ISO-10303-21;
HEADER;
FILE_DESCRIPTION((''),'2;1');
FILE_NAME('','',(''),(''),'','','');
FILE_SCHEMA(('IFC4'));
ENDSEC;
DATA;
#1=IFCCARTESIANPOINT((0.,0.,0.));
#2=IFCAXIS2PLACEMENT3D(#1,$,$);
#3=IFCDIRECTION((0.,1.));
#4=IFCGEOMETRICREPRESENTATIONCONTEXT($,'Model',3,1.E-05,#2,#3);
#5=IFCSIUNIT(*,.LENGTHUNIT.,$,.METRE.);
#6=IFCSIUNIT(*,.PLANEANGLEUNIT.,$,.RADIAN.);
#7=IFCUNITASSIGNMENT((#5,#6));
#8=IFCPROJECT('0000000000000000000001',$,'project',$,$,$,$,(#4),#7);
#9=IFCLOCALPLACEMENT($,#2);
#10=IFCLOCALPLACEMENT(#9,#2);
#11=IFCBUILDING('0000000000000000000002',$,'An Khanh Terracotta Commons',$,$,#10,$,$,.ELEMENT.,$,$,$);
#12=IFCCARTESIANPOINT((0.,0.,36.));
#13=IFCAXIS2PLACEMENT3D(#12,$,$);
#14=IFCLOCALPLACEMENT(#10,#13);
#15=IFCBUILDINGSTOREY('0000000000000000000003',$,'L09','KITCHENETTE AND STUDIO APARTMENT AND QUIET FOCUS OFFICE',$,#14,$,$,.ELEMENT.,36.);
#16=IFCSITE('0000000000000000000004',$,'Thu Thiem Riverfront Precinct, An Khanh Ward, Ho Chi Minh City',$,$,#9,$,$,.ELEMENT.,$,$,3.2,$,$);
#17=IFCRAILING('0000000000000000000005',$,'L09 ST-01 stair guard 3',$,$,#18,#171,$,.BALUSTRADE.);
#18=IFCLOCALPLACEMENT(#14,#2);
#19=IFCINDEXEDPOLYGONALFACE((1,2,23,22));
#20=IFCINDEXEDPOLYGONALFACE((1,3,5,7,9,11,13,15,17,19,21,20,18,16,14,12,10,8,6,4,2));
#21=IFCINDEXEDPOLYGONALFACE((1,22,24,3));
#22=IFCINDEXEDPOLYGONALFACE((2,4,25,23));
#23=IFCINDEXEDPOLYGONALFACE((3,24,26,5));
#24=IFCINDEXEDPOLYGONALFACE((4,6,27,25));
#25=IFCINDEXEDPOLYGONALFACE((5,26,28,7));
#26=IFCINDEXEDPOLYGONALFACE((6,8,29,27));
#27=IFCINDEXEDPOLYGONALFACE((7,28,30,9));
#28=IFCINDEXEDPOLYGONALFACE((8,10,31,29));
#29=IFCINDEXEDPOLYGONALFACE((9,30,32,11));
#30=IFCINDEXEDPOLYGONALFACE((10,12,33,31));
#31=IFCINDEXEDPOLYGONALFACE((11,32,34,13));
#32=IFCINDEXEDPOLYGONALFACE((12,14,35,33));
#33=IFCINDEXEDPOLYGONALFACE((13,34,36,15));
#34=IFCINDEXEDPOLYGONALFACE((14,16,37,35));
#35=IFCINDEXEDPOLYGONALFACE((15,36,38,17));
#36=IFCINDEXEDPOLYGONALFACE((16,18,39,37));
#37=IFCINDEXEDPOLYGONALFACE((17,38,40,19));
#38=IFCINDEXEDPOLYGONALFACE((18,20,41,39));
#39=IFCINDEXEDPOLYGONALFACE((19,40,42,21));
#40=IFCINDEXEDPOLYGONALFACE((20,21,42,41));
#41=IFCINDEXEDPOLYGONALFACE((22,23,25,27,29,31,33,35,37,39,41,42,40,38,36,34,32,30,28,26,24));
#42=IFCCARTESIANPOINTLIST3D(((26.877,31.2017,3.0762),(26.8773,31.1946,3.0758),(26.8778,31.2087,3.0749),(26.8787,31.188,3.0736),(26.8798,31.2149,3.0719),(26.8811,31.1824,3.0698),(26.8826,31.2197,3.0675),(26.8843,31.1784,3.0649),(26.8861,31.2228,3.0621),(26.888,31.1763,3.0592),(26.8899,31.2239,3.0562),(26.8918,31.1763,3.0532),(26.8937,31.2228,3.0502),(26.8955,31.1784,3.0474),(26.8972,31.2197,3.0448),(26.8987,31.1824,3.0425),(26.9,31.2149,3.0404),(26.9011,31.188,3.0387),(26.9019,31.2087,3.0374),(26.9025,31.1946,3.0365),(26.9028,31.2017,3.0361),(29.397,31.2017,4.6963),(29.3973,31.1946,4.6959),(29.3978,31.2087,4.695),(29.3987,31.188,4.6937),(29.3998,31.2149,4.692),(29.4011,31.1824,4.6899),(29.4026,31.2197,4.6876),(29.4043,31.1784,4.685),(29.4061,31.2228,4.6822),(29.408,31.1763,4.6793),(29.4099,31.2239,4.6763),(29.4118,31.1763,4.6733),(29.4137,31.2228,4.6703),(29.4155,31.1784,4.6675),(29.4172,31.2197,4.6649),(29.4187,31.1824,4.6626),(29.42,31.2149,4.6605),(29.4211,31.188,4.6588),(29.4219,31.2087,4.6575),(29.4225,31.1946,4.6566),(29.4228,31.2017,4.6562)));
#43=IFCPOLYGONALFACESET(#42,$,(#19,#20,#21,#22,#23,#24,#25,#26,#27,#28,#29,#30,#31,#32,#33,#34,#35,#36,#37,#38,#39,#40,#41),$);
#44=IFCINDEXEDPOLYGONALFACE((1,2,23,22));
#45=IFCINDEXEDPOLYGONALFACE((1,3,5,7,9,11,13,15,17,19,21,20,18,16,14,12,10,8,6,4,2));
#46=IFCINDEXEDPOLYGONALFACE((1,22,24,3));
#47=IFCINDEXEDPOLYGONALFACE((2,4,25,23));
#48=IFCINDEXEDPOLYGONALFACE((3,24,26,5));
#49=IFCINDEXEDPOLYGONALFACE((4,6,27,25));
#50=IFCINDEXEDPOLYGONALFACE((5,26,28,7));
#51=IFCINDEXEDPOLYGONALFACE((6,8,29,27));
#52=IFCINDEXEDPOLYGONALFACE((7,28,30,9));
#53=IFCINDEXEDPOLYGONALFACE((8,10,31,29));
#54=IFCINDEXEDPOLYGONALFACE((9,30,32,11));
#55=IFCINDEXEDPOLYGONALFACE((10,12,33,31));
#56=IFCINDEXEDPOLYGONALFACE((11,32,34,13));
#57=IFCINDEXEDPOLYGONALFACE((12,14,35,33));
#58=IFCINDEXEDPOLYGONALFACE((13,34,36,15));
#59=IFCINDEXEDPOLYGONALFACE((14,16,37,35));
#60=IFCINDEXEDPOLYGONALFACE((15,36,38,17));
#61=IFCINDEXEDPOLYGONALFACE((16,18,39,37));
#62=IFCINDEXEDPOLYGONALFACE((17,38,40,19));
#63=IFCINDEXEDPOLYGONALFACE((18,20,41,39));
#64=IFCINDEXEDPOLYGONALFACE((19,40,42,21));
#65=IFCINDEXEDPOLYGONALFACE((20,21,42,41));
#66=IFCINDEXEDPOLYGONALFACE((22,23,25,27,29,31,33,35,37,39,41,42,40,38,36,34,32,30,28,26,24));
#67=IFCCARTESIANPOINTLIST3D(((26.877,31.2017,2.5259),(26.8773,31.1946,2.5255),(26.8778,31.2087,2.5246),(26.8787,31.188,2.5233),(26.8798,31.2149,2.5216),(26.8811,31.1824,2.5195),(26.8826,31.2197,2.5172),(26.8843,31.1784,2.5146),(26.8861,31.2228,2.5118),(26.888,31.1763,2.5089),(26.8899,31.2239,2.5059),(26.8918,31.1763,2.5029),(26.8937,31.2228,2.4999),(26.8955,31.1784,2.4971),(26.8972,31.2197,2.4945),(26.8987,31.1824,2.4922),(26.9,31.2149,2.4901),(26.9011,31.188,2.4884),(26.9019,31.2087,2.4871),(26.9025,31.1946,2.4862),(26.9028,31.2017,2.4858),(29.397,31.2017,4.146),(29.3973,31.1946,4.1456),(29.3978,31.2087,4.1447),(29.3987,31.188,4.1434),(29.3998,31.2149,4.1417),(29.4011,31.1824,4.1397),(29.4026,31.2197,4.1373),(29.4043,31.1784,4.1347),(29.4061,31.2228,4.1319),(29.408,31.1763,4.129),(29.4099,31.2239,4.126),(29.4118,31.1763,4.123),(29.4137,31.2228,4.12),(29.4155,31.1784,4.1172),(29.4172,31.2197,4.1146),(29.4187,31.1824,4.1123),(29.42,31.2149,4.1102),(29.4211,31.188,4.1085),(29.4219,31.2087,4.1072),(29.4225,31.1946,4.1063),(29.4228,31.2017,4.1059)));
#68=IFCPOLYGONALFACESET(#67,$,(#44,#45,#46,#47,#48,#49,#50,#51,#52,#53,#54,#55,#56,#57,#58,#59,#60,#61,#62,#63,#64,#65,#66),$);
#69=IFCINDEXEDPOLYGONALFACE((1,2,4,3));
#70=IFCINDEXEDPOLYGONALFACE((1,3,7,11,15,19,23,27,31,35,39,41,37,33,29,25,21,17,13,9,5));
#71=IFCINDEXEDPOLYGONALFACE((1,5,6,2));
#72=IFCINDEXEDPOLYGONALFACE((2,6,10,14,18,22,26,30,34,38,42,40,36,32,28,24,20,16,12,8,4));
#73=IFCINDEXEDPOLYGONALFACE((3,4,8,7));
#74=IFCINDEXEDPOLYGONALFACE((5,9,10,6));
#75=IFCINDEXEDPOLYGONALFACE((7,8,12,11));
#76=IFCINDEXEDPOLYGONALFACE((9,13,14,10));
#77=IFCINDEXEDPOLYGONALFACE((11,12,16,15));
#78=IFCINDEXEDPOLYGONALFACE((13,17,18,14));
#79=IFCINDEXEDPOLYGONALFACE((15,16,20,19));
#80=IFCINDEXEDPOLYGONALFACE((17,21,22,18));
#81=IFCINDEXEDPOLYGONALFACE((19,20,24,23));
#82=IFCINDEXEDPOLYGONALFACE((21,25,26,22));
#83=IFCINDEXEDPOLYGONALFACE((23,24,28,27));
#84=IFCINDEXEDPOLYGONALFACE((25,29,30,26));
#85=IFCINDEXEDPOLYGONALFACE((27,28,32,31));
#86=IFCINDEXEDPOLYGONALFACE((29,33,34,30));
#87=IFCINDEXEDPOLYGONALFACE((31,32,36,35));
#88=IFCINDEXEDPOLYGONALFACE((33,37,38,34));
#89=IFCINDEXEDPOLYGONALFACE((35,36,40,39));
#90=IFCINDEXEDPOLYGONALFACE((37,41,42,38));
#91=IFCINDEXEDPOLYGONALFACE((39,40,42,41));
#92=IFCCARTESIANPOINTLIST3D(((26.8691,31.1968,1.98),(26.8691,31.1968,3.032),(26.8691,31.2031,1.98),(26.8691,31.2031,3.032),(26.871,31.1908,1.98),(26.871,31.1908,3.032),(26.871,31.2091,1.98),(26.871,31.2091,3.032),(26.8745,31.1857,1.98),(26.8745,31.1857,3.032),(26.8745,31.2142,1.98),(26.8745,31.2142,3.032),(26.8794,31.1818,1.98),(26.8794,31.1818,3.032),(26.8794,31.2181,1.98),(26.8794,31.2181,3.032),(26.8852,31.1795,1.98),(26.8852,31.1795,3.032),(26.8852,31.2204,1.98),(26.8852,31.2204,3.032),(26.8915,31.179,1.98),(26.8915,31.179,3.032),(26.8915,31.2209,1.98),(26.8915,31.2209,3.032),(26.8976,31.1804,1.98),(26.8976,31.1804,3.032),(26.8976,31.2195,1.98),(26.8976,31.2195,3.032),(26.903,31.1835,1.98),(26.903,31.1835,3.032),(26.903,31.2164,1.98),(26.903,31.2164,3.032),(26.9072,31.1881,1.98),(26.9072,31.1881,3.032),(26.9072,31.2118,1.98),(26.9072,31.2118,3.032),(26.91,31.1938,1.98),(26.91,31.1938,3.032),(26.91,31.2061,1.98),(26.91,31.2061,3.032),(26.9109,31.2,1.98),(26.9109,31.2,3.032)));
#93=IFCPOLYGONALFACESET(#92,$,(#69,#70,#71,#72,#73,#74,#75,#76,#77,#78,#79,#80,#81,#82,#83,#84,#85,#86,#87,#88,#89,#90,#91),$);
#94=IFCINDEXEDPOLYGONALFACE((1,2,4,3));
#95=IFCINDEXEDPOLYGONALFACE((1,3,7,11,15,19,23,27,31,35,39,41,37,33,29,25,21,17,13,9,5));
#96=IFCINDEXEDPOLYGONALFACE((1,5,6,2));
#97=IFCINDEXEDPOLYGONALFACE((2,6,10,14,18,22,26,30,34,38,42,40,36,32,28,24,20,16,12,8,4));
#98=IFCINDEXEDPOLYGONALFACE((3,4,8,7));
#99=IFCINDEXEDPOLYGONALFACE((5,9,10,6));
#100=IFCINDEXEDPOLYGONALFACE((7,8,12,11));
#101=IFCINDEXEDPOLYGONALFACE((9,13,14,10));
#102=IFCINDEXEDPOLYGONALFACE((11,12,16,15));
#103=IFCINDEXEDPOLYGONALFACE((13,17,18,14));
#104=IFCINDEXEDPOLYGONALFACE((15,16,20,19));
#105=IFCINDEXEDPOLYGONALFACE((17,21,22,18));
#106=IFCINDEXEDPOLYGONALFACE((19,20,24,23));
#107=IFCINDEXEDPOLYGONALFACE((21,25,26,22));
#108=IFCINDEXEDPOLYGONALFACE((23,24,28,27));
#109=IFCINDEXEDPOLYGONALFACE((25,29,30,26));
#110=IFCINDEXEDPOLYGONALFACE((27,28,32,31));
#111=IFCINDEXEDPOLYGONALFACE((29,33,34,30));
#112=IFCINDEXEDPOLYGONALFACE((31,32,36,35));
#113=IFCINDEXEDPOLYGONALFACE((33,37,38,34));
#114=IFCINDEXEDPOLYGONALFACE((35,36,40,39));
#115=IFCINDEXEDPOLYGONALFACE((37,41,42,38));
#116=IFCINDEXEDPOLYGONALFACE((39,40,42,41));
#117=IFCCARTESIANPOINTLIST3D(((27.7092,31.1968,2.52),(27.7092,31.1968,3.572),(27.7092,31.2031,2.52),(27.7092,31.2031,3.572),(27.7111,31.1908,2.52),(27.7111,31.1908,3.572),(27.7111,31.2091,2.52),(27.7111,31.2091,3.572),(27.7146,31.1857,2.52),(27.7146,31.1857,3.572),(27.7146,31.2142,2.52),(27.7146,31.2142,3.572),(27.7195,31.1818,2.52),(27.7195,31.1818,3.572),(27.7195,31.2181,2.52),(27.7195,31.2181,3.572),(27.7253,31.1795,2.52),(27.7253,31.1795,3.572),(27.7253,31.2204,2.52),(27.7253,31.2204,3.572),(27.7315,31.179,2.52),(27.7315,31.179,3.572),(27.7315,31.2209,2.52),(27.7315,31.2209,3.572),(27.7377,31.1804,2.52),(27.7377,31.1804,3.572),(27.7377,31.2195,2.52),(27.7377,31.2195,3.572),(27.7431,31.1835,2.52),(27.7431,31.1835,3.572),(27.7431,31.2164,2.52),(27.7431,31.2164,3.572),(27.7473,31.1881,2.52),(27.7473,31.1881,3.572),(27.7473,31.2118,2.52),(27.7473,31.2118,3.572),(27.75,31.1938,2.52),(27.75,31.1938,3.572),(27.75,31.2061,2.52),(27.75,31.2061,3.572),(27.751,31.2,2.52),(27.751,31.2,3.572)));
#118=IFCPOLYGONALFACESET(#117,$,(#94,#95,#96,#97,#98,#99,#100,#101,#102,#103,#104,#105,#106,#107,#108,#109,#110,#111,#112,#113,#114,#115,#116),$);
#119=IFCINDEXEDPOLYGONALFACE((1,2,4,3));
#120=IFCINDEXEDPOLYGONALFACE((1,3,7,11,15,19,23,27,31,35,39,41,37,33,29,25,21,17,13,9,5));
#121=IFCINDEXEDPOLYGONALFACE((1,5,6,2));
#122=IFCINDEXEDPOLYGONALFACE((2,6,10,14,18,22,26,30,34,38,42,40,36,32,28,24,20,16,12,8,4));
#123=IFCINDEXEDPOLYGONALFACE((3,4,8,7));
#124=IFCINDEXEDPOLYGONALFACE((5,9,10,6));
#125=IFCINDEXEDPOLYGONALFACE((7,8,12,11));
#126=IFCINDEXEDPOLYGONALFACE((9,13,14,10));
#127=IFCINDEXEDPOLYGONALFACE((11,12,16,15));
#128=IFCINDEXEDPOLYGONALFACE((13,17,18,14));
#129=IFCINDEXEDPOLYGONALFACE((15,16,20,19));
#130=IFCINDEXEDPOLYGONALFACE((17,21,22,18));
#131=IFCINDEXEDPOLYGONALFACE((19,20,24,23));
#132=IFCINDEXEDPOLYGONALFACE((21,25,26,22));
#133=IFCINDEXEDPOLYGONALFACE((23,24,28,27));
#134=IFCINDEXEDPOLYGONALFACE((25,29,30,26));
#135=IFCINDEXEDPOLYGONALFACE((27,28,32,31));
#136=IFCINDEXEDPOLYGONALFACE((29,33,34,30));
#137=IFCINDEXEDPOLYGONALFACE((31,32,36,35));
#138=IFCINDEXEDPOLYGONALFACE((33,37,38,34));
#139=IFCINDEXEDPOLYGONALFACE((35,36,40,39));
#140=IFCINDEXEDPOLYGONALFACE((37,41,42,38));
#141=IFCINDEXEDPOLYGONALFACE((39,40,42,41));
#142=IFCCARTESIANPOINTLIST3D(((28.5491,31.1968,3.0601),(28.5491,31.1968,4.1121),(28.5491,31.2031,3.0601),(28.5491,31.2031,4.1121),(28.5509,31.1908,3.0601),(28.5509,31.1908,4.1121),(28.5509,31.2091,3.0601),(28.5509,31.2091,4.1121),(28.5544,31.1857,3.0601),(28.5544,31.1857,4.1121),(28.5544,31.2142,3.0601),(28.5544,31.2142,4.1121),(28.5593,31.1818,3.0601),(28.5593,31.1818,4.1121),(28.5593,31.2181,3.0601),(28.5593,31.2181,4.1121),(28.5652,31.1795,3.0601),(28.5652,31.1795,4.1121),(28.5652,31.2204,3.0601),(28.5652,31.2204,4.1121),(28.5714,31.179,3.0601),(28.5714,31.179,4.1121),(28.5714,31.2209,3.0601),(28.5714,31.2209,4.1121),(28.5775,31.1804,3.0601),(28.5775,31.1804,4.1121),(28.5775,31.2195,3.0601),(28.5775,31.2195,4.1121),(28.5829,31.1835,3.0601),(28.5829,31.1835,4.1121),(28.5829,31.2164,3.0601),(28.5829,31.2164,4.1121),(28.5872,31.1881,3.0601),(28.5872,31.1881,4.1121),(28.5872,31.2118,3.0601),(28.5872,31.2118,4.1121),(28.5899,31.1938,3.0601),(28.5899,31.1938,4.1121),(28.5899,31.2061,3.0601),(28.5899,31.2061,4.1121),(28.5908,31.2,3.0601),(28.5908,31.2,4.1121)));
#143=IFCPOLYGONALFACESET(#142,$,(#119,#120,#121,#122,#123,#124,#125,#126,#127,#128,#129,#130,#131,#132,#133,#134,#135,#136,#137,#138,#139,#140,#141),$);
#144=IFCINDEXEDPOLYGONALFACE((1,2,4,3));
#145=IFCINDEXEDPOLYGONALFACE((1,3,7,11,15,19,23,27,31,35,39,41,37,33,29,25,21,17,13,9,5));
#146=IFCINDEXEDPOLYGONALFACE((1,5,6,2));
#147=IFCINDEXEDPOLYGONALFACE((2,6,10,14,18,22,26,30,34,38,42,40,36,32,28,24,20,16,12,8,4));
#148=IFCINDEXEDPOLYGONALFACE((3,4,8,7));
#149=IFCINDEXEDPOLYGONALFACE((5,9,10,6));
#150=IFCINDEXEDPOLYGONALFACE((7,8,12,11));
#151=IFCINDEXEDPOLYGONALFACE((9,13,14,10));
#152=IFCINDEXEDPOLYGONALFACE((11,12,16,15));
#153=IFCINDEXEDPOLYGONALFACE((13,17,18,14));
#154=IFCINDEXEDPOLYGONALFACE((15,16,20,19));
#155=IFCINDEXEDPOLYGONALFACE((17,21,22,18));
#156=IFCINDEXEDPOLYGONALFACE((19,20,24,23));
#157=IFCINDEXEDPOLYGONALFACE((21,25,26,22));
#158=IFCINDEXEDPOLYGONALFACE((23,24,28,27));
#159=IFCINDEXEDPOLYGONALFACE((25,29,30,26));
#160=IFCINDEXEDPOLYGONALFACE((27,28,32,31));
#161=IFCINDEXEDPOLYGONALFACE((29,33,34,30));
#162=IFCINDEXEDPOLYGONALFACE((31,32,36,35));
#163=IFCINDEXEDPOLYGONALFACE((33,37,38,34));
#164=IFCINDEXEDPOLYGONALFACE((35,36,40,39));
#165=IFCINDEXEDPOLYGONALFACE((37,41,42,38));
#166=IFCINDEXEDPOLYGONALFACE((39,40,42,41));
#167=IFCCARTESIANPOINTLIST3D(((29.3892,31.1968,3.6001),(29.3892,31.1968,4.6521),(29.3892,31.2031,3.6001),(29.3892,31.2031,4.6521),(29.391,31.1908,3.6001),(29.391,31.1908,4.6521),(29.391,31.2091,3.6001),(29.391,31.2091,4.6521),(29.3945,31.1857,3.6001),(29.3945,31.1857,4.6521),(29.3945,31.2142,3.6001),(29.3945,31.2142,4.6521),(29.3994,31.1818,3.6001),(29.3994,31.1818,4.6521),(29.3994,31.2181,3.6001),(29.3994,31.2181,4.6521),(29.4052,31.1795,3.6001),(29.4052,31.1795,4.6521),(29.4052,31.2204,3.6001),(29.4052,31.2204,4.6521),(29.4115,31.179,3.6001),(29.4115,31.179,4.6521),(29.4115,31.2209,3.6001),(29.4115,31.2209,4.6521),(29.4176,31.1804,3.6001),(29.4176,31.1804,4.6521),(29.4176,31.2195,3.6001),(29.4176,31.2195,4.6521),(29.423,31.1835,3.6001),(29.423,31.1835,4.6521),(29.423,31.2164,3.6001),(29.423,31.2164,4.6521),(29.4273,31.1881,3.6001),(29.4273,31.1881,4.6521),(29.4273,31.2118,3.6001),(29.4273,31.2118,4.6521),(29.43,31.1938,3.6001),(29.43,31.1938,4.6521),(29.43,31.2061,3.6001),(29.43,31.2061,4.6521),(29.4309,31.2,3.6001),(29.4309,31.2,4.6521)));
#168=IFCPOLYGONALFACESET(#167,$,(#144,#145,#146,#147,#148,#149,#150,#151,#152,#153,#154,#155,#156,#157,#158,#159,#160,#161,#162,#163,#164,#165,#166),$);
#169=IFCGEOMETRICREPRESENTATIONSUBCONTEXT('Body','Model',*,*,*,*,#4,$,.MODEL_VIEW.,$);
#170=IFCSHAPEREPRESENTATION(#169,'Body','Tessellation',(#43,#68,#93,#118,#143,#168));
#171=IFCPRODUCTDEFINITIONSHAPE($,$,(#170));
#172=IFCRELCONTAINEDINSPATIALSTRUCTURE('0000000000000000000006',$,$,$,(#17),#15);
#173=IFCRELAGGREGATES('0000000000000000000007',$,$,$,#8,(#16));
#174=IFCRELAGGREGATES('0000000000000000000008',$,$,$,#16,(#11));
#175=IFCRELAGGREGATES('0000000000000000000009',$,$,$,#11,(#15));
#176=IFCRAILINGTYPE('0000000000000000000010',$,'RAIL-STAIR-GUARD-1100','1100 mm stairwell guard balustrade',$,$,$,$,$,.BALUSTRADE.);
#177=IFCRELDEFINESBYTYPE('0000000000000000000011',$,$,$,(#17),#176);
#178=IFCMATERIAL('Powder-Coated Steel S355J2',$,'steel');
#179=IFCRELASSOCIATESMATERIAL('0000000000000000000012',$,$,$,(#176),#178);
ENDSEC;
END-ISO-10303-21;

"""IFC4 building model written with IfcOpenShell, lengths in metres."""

from ifc_helpers import new_model, si_unit, direction, frame, origin, origin_2d, place, context, subcontext, project, spatial, circle, extrude, material, type_object, element, save


model = new_model("IFC4")

# Units and contexts
model_context = context("Model", 3, precision=1e-05, world=origin(), true_north=direction((0.0, 1.0)))
body_context = subcontext(model_context, "Body", "Model", "MODEL_VIEW")
ifc_project = project(units=[si_unit("LENGTHUNIT", "METRE"), si_unit("PLANEANGLEUNIT", "RADIAN")], contexts=[model_context])

# Site, building, storey
site_placement = place(None, origin())
site = spatial("IfcSite", under=ifc_project, at=site_placement, Name="Thu Thiem Riverfront Precinct, An Khanh Ward, Ho Chi Minh City", CompositionType="ELEMENT", RefElevation=3.2)
building_placement = place(site_placement, origin())
building = spatial("IfcBuilding", under=site, at=building_placement, Name="An Khanh Terracotta Commons", CompositionType="ELEMENT")
storey_placement = place(building_placement, frame((0.0, 0.0, 36.0)))
storey = spatial("IfcBuildingStorey", under=building, at=storey_placement, Name="L09", Description="KITCHENETTE AND STUDIO APARTMENT AND QUIET FOCUS OFFICE", CompositionType="ELEMENT", Elevation=36.0)

# Railing
ifc_material_1 = material(Name="Powder-Coated Steel S355J2", Category="steel")
railing_type_1 = type_object("IfcRailingType", Name="RAIL-STAIR-GUARD-1100", Description="1100 mm stairwell guard balustrade", PredefinedType="BALUSTRADE", material=ifc_material_1)
railing_1_placement = place(storey_placement, frame((26.8899, 31.2, 1.98)))
element("IfcRailing", 1, at=railing_1_placement, inside=storey, type_object=railing_type_1, Name="L09 ST-01 stair guard 3", PredefinedType="BALUSTRADE", context=body_context, shape_type="SweptSolid", body=[
    extrude(circle(Radius=0.0239, at=origin_2d()), frame((0.0, 0.0, 1.0762), z_axis=(0.841163, 0.0, 0.540782), x_axis=(0.0, 1.0, 0.0)), (0.0, 0.0, 1.0), 2.9958),
    extrude(circle(Radius=0.0239, at=origin_2d()), frame((0.0, 0.0, 0.5259), z_axis=(0.841163, 0.0, 0.540782), x_axis=(0.0, 1.0, 0.0)), (0.0, 0.0, 1.0), 2.9958),
    extrude(circle(Radius=0.021, at=origin_2d()), origin(), (0.0, 0.0, 1.0), 1.052),
    extrude(circle(Radius=0.021, at=origin_2d()), frame((0.8401, 0.0, 0.54)), (0.0, 0.0, 1.0), 1.052),
    extrude(circle(Radius=0.021, at=origin_2d()), frame((1.6799, 0.0, 1.0801)), (0.0, 0.0, 1.0), 1.052),
    extrude(circle(Radius=0.021, at=origin_2d()), frame((2.52, 0.0, 1.6201)), (0.0, 0.0, 1.0), 1.052),
])

save(model, "model.ifc")
